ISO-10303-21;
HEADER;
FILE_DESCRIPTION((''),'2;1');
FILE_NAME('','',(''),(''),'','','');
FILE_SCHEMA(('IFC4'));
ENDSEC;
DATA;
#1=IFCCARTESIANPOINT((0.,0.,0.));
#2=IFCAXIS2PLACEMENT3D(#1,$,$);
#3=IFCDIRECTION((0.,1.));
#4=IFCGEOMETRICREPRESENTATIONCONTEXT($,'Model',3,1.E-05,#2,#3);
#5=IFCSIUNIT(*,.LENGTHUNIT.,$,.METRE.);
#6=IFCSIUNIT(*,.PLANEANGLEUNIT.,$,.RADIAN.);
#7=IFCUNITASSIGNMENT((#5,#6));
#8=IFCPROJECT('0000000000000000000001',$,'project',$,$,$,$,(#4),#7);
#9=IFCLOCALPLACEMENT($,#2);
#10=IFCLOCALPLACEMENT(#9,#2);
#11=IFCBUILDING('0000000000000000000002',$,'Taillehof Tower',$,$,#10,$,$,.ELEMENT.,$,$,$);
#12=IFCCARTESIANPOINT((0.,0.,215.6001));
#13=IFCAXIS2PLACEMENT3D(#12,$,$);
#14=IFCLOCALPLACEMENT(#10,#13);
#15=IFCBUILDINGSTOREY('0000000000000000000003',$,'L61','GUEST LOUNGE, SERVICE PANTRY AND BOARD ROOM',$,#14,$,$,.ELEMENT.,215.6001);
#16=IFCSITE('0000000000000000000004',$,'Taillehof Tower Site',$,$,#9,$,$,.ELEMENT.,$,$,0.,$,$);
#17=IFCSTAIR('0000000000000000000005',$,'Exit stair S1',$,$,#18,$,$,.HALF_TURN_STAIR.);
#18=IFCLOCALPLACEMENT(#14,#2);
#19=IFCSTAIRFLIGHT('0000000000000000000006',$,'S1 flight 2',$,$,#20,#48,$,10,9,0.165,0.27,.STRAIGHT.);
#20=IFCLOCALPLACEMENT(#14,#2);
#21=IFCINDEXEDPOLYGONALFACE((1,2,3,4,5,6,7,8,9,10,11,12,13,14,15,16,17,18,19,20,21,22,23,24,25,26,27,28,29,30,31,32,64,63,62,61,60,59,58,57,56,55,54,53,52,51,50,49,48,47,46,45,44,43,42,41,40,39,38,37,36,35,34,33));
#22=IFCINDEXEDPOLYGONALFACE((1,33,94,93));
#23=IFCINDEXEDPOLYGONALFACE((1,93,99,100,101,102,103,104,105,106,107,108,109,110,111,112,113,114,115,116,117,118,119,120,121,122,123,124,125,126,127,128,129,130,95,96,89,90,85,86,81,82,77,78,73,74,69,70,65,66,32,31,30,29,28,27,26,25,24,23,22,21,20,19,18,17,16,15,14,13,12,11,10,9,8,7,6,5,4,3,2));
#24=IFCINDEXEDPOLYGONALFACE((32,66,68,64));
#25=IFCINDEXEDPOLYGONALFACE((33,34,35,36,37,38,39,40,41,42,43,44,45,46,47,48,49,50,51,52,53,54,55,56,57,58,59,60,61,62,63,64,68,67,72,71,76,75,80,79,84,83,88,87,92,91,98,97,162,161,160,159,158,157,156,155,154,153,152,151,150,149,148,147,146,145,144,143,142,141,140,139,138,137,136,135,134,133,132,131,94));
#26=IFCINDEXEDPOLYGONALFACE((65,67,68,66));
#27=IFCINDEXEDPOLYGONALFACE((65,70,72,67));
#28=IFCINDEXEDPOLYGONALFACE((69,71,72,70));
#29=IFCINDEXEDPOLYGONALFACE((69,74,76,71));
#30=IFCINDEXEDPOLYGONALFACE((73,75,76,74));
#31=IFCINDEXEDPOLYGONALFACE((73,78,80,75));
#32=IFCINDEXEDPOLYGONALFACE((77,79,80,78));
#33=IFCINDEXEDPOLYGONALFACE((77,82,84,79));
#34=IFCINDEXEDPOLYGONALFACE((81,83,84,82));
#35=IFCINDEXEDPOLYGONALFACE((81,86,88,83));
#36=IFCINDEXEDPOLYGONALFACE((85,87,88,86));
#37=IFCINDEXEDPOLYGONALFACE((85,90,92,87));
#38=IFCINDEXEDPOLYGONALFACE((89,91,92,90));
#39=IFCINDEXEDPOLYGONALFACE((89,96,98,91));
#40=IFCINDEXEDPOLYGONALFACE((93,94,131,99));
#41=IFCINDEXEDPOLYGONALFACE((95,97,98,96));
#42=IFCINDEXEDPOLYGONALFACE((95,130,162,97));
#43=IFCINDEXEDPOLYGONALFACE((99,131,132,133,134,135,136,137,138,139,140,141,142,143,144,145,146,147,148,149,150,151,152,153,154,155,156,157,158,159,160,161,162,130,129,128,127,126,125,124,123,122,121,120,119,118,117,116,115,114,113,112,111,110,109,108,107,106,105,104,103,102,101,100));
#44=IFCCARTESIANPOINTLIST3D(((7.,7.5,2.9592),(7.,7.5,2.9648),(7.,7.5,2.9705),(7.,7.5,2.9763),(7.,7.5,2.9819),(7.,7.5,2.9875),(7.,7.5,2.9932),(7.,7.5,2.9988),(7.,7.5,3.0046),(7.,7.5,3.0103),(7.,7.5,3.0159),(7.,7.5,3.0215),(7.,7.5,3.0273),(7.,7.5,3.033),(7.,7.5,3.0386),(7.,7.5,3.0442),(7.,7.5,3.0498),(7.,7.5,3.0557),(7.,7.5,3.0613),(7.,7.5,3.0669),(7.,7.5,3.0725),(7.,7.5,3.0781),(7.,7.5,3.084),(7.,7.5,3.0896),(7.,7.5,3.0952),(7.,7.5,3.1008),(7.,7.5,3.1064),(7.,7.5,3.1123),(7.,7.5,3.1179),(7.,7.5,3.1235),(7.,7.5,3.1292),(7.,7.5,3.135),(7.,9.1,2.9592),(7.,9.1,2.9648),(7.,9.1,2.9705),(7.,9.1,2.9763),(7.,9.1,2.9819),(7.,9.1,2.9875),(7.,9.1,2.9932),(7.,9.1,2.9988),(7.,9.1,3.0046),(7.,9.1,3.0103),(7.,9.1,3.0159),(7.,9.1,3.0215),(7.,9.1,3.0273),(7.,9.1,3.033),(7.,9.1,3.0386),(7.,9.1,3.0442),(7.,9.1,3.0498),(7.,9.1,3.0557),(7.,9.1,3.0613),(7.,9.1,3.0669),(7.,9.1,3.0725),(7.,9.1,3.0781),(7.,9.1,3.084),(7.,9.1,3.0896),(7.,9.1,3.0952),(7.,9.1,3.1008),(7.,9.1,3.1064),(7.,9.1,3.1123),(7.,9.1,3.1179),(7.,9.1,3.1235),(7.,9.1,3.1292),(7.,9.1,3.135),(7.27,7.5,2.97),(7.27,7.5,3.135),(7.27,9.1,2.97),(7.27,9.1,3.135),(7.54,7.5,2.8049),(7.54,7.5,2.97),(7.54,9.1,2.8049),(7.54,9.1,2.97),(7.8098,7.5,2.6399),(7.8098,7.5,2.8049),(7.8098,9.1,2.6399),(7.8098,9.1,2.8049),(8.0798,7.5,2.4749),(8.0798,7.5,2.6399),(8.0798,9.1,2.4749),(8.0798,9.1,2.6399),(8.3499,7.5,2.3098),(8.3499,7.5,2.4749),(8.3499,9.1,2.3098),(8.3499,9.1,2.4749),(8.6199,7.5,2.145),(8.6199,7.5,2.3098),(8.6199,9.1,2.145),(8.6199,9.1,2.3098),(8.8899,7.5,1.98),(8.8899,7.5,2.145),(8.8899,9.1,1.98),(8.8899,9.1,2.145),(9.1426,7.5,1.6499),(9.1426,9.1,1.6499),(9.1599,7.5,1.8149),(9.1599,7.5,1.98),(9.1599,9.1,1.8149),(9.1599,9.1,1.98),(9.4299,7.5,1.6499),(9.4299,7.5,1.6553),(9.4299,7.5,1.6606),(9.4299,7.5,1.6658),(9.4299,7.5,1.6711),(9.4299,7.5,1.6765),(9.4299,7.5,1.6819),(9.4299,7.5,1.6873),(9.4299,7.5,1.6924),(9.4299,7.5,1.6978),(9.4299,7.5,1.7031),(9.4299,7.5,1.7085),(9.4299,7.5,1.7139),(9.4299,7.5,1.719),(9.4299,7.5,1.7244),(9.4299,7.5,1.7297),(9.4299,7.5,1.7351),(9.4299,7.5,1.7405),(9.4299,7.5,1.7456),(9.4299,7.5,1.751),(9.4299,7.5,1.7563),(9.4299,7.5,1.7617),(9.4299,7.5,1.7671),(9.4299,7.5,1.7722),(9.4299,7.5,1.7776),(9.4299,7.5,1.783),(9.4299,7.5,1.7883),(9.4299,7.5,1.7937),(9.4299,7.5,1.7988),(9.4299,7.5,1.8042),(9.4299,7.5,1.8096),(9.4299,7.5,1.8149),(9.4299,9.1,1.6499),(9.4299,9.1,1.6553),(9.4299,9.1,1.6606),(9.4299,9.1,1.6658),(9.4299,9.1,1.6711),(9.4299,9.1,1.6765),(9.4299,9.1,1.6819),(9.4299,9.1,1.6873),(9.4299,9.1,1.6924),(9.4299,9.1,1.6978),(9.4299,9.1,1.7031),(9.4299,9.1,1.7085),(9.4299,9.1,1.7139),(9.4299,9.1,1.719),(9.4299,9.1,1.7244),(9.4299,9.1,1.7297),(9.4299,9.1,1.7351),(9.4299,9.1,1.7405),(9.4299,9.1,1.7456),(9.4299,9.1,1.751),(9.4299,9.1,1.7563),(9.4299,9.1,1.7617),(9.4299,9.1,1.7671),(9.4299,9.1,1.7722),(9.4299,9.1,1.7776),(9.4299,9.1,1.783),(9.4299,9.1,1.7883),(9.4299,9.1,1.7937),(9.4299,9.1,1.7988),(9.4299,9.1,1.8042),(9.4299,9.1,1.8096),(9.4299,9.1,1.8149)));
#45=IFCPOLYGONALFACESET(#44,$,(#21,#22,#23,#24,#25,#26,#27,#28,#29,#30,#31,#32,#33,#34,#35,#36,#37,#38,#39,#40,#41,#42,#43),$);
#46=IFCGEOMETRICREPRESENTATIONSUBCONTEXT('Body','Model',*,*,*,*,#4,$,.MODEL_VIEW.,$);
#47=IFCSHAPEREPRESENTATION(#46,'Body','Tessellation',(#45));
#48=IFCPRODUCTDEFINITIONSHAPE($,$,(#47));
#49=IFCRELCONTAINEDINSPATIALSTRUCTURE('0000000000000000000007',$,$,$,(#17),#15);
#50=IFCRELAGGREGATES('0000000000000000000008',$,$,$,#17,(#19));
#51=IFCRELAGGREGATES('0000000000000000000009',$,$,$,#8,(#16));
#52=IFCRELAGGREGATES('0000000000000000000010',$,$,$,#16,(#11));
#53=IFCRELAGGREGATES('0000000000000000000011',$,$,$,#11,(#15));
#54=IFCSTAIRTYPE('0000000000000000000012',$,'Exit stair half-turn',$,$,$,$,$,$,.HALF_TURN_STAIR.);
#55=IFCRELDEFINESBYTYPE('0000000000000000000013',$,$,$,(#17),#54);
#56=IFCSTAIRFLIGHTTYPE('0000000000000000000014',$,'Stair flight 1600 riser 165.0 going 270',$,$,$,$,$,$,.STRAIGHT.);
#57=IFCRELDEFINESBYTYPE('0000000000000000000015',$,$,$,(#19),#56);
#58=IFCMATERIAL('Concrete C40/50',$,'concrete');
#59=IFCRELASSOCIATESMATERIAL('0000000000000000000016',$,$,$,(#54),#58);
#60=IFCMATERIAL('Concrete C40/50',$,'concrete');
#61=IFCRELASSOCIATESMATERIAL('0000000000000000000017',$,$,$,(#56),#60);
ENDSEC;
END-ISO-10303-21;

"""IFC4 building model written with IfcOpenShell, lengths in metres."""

from ifc_helpers import new_model, si_unit, direction, frame, origin, place, context, subcontext, project, spatial, polyline, outline, extrude, material, type_object, element, aggregate, save


model = new_model("IFC4")

# Units and contexts
model_context = context("Model", 3, precision=1e-05, world=origin(), true_north=direction((0.0, 1.0)))
body_context = subcontext(model_context, "Body", "Model", "MODEL_VIEW")
ifc_project = project(units=[si_unit("LENGTHUNIT", "METRE"), si_unit("PLANEANGLEUNIT", "RADIAN")], contexts=[model_context])

# Site, building, storey
site_placement = place(None, origin())
site = spatial("IfcSite", under=ifc_project, at=site_placement, Name="Taillehof Tower Site", CompositionType="ELEMENT", RefElevation=0.0)
building_placement = place(site_placement, origin())
building = spatial("IfcBuilding", under=site, at=building_placement, Name="Taillehof Tower", CompositionType="ELEMENT")
storey_placement = place(building_placement, frame((0.0, 0.0, 215.6001)))
storey = spatial("IfcBuildingStorey", under=building, at=storey_placement, Name="L61", Description="GUEST LOUNGE, SERVICE PANTRY AND BOARD ROOM", CompositionType="ELEMENT", Elevation=215.6001)

# Stair, stair flight
ifc_material_1 = material(Name="Concrete C40/50", Category="concrete")
stair_type = type_object("IfcStairType", Name="Exit stair half-turn", PredefinedType="HALF_TURN_STAIR", material=ifc_material_1)
stair_placement = place(storey_placement, origin())
stair = element("IfcStair", 1, at=stair_placement, inside=storey, type_object=stair_type, Name="Exit stair S1", PredefinedType="HALF_TURN_STAIR")
ifc_material_2 = material(Name="Concrete C40/50", Category="concrete")
stair_flight_type = type_object("IfcStairFlightType", Name="Stair flight 1600 riser 165.0 going 270", PredefinedType="STRAIGHT", material=ifc_material_2)
stair_flight_placement = place(storey_placement, frame((9.4299, 8.3, 1.6499), z_axis=(0.0, 0.0, 1.0), x_axis=(-1.0, 0.0, 0.0)))
stair_flight = element("IfcStairFlight", 2, at=stair_flight_placement, type_object=stair_flight_type, Name="S1 flight 2", NumberOfRisers=10, NumberOfTreads=9, PredefinedType="STRAIGHT", RiserHeight=0.165, TreadLength=0.27, context=body_context, shape_type="SweptSolid", body=[
    extrude(outline(polyline([(0.0, 0.0), (0.0, 0.0054), (0.0, 0.0107), (0.0, 0.0159), (0.0, 0.0212), (0.0, 0.0266), (0.0, 0.032), (0.0, 0.0374), (0.0, 0.0425), (0.0, 0.0479), (0.0, 0.0532), (0.0, 0.0586), (0.0, 0.064), (0.0, 0.0691), (0.0, 0.0745), (0.0, 0.0798), (0.0, 0.0852), (0.0, 0.0906), (0.0, 0.0957), (0.0, 0.1011), (0.0, 0.1064), (0.0, 0.1118), (0.0, 0.1172), (0.0, 0.1223), (0.0, 0.1277), (0.0, 0.1331), (0.0, 0.1384), (0.0, 0.1438), (0.0, 0.1489), (0.0, 0.1543), (0.0, 0.1597), (0.0, 0.165), (0.27, 0.165), (0.27, 0.3301), (0.54, 0.3301), (0.54, 0.4951), (0.8101, 0.4951), (0.8101, 0.6599), (1.0801, 0.6599), (1.0801, 0.825), (1.3501, 0.825), (1.3501, 0.99), (1.6201, 0.99), (1.6201, 1.155), (1.8899, 1.155), (1.8899, 1.3201), (2.1599, 1.3201), (2.1599, 1.4851), (2.4299, 1.4851), (2.4299, 1.4792), (2.4299, 1.4736), (2.4299, 1.468), (2.4299, 1.4624), (2.4299, 1.4565), (2.4299, 1.4509), (2.4299, 1.4453), (2.4299, 1.4397), (2.4299, 1.4341), (2.4299, 1.4282), (2.4299, 1.4226), (2.4299, 1.417), (2.4299, 1.4114), (2.4299, 1.4058), (2.4299, 1.3999), (2.4299, 1.3943), (2.4299, 1.3887), (2.4299, 1.3831), (2.4299, 1.3774), (2.4299, 1.3716), (2.4299, 1.366), (2.4299, 1.3604), (2.4299, 1.3547), (2.4299, 1.3489), (2.4299, 1.3433), (2.4299, 1.3376), (2.4299, 1.332), (2.4299, 1.3264), (2.4299, 1.3206), (2.4299, 1.3149), (2.4299, 1.3093), (0.2874, 0.0), (0.0, 0.0)])), frame((0.0, 0.8, 0.0), z_axis=(0.0, -1.0, 0.0), x_axis=(1.0, 0.0, 0.0)), (0.0, 0.0, 1.0), 1.6),
])
aggregate(stair, [stair_flight])

save(model, "model.ifc")
